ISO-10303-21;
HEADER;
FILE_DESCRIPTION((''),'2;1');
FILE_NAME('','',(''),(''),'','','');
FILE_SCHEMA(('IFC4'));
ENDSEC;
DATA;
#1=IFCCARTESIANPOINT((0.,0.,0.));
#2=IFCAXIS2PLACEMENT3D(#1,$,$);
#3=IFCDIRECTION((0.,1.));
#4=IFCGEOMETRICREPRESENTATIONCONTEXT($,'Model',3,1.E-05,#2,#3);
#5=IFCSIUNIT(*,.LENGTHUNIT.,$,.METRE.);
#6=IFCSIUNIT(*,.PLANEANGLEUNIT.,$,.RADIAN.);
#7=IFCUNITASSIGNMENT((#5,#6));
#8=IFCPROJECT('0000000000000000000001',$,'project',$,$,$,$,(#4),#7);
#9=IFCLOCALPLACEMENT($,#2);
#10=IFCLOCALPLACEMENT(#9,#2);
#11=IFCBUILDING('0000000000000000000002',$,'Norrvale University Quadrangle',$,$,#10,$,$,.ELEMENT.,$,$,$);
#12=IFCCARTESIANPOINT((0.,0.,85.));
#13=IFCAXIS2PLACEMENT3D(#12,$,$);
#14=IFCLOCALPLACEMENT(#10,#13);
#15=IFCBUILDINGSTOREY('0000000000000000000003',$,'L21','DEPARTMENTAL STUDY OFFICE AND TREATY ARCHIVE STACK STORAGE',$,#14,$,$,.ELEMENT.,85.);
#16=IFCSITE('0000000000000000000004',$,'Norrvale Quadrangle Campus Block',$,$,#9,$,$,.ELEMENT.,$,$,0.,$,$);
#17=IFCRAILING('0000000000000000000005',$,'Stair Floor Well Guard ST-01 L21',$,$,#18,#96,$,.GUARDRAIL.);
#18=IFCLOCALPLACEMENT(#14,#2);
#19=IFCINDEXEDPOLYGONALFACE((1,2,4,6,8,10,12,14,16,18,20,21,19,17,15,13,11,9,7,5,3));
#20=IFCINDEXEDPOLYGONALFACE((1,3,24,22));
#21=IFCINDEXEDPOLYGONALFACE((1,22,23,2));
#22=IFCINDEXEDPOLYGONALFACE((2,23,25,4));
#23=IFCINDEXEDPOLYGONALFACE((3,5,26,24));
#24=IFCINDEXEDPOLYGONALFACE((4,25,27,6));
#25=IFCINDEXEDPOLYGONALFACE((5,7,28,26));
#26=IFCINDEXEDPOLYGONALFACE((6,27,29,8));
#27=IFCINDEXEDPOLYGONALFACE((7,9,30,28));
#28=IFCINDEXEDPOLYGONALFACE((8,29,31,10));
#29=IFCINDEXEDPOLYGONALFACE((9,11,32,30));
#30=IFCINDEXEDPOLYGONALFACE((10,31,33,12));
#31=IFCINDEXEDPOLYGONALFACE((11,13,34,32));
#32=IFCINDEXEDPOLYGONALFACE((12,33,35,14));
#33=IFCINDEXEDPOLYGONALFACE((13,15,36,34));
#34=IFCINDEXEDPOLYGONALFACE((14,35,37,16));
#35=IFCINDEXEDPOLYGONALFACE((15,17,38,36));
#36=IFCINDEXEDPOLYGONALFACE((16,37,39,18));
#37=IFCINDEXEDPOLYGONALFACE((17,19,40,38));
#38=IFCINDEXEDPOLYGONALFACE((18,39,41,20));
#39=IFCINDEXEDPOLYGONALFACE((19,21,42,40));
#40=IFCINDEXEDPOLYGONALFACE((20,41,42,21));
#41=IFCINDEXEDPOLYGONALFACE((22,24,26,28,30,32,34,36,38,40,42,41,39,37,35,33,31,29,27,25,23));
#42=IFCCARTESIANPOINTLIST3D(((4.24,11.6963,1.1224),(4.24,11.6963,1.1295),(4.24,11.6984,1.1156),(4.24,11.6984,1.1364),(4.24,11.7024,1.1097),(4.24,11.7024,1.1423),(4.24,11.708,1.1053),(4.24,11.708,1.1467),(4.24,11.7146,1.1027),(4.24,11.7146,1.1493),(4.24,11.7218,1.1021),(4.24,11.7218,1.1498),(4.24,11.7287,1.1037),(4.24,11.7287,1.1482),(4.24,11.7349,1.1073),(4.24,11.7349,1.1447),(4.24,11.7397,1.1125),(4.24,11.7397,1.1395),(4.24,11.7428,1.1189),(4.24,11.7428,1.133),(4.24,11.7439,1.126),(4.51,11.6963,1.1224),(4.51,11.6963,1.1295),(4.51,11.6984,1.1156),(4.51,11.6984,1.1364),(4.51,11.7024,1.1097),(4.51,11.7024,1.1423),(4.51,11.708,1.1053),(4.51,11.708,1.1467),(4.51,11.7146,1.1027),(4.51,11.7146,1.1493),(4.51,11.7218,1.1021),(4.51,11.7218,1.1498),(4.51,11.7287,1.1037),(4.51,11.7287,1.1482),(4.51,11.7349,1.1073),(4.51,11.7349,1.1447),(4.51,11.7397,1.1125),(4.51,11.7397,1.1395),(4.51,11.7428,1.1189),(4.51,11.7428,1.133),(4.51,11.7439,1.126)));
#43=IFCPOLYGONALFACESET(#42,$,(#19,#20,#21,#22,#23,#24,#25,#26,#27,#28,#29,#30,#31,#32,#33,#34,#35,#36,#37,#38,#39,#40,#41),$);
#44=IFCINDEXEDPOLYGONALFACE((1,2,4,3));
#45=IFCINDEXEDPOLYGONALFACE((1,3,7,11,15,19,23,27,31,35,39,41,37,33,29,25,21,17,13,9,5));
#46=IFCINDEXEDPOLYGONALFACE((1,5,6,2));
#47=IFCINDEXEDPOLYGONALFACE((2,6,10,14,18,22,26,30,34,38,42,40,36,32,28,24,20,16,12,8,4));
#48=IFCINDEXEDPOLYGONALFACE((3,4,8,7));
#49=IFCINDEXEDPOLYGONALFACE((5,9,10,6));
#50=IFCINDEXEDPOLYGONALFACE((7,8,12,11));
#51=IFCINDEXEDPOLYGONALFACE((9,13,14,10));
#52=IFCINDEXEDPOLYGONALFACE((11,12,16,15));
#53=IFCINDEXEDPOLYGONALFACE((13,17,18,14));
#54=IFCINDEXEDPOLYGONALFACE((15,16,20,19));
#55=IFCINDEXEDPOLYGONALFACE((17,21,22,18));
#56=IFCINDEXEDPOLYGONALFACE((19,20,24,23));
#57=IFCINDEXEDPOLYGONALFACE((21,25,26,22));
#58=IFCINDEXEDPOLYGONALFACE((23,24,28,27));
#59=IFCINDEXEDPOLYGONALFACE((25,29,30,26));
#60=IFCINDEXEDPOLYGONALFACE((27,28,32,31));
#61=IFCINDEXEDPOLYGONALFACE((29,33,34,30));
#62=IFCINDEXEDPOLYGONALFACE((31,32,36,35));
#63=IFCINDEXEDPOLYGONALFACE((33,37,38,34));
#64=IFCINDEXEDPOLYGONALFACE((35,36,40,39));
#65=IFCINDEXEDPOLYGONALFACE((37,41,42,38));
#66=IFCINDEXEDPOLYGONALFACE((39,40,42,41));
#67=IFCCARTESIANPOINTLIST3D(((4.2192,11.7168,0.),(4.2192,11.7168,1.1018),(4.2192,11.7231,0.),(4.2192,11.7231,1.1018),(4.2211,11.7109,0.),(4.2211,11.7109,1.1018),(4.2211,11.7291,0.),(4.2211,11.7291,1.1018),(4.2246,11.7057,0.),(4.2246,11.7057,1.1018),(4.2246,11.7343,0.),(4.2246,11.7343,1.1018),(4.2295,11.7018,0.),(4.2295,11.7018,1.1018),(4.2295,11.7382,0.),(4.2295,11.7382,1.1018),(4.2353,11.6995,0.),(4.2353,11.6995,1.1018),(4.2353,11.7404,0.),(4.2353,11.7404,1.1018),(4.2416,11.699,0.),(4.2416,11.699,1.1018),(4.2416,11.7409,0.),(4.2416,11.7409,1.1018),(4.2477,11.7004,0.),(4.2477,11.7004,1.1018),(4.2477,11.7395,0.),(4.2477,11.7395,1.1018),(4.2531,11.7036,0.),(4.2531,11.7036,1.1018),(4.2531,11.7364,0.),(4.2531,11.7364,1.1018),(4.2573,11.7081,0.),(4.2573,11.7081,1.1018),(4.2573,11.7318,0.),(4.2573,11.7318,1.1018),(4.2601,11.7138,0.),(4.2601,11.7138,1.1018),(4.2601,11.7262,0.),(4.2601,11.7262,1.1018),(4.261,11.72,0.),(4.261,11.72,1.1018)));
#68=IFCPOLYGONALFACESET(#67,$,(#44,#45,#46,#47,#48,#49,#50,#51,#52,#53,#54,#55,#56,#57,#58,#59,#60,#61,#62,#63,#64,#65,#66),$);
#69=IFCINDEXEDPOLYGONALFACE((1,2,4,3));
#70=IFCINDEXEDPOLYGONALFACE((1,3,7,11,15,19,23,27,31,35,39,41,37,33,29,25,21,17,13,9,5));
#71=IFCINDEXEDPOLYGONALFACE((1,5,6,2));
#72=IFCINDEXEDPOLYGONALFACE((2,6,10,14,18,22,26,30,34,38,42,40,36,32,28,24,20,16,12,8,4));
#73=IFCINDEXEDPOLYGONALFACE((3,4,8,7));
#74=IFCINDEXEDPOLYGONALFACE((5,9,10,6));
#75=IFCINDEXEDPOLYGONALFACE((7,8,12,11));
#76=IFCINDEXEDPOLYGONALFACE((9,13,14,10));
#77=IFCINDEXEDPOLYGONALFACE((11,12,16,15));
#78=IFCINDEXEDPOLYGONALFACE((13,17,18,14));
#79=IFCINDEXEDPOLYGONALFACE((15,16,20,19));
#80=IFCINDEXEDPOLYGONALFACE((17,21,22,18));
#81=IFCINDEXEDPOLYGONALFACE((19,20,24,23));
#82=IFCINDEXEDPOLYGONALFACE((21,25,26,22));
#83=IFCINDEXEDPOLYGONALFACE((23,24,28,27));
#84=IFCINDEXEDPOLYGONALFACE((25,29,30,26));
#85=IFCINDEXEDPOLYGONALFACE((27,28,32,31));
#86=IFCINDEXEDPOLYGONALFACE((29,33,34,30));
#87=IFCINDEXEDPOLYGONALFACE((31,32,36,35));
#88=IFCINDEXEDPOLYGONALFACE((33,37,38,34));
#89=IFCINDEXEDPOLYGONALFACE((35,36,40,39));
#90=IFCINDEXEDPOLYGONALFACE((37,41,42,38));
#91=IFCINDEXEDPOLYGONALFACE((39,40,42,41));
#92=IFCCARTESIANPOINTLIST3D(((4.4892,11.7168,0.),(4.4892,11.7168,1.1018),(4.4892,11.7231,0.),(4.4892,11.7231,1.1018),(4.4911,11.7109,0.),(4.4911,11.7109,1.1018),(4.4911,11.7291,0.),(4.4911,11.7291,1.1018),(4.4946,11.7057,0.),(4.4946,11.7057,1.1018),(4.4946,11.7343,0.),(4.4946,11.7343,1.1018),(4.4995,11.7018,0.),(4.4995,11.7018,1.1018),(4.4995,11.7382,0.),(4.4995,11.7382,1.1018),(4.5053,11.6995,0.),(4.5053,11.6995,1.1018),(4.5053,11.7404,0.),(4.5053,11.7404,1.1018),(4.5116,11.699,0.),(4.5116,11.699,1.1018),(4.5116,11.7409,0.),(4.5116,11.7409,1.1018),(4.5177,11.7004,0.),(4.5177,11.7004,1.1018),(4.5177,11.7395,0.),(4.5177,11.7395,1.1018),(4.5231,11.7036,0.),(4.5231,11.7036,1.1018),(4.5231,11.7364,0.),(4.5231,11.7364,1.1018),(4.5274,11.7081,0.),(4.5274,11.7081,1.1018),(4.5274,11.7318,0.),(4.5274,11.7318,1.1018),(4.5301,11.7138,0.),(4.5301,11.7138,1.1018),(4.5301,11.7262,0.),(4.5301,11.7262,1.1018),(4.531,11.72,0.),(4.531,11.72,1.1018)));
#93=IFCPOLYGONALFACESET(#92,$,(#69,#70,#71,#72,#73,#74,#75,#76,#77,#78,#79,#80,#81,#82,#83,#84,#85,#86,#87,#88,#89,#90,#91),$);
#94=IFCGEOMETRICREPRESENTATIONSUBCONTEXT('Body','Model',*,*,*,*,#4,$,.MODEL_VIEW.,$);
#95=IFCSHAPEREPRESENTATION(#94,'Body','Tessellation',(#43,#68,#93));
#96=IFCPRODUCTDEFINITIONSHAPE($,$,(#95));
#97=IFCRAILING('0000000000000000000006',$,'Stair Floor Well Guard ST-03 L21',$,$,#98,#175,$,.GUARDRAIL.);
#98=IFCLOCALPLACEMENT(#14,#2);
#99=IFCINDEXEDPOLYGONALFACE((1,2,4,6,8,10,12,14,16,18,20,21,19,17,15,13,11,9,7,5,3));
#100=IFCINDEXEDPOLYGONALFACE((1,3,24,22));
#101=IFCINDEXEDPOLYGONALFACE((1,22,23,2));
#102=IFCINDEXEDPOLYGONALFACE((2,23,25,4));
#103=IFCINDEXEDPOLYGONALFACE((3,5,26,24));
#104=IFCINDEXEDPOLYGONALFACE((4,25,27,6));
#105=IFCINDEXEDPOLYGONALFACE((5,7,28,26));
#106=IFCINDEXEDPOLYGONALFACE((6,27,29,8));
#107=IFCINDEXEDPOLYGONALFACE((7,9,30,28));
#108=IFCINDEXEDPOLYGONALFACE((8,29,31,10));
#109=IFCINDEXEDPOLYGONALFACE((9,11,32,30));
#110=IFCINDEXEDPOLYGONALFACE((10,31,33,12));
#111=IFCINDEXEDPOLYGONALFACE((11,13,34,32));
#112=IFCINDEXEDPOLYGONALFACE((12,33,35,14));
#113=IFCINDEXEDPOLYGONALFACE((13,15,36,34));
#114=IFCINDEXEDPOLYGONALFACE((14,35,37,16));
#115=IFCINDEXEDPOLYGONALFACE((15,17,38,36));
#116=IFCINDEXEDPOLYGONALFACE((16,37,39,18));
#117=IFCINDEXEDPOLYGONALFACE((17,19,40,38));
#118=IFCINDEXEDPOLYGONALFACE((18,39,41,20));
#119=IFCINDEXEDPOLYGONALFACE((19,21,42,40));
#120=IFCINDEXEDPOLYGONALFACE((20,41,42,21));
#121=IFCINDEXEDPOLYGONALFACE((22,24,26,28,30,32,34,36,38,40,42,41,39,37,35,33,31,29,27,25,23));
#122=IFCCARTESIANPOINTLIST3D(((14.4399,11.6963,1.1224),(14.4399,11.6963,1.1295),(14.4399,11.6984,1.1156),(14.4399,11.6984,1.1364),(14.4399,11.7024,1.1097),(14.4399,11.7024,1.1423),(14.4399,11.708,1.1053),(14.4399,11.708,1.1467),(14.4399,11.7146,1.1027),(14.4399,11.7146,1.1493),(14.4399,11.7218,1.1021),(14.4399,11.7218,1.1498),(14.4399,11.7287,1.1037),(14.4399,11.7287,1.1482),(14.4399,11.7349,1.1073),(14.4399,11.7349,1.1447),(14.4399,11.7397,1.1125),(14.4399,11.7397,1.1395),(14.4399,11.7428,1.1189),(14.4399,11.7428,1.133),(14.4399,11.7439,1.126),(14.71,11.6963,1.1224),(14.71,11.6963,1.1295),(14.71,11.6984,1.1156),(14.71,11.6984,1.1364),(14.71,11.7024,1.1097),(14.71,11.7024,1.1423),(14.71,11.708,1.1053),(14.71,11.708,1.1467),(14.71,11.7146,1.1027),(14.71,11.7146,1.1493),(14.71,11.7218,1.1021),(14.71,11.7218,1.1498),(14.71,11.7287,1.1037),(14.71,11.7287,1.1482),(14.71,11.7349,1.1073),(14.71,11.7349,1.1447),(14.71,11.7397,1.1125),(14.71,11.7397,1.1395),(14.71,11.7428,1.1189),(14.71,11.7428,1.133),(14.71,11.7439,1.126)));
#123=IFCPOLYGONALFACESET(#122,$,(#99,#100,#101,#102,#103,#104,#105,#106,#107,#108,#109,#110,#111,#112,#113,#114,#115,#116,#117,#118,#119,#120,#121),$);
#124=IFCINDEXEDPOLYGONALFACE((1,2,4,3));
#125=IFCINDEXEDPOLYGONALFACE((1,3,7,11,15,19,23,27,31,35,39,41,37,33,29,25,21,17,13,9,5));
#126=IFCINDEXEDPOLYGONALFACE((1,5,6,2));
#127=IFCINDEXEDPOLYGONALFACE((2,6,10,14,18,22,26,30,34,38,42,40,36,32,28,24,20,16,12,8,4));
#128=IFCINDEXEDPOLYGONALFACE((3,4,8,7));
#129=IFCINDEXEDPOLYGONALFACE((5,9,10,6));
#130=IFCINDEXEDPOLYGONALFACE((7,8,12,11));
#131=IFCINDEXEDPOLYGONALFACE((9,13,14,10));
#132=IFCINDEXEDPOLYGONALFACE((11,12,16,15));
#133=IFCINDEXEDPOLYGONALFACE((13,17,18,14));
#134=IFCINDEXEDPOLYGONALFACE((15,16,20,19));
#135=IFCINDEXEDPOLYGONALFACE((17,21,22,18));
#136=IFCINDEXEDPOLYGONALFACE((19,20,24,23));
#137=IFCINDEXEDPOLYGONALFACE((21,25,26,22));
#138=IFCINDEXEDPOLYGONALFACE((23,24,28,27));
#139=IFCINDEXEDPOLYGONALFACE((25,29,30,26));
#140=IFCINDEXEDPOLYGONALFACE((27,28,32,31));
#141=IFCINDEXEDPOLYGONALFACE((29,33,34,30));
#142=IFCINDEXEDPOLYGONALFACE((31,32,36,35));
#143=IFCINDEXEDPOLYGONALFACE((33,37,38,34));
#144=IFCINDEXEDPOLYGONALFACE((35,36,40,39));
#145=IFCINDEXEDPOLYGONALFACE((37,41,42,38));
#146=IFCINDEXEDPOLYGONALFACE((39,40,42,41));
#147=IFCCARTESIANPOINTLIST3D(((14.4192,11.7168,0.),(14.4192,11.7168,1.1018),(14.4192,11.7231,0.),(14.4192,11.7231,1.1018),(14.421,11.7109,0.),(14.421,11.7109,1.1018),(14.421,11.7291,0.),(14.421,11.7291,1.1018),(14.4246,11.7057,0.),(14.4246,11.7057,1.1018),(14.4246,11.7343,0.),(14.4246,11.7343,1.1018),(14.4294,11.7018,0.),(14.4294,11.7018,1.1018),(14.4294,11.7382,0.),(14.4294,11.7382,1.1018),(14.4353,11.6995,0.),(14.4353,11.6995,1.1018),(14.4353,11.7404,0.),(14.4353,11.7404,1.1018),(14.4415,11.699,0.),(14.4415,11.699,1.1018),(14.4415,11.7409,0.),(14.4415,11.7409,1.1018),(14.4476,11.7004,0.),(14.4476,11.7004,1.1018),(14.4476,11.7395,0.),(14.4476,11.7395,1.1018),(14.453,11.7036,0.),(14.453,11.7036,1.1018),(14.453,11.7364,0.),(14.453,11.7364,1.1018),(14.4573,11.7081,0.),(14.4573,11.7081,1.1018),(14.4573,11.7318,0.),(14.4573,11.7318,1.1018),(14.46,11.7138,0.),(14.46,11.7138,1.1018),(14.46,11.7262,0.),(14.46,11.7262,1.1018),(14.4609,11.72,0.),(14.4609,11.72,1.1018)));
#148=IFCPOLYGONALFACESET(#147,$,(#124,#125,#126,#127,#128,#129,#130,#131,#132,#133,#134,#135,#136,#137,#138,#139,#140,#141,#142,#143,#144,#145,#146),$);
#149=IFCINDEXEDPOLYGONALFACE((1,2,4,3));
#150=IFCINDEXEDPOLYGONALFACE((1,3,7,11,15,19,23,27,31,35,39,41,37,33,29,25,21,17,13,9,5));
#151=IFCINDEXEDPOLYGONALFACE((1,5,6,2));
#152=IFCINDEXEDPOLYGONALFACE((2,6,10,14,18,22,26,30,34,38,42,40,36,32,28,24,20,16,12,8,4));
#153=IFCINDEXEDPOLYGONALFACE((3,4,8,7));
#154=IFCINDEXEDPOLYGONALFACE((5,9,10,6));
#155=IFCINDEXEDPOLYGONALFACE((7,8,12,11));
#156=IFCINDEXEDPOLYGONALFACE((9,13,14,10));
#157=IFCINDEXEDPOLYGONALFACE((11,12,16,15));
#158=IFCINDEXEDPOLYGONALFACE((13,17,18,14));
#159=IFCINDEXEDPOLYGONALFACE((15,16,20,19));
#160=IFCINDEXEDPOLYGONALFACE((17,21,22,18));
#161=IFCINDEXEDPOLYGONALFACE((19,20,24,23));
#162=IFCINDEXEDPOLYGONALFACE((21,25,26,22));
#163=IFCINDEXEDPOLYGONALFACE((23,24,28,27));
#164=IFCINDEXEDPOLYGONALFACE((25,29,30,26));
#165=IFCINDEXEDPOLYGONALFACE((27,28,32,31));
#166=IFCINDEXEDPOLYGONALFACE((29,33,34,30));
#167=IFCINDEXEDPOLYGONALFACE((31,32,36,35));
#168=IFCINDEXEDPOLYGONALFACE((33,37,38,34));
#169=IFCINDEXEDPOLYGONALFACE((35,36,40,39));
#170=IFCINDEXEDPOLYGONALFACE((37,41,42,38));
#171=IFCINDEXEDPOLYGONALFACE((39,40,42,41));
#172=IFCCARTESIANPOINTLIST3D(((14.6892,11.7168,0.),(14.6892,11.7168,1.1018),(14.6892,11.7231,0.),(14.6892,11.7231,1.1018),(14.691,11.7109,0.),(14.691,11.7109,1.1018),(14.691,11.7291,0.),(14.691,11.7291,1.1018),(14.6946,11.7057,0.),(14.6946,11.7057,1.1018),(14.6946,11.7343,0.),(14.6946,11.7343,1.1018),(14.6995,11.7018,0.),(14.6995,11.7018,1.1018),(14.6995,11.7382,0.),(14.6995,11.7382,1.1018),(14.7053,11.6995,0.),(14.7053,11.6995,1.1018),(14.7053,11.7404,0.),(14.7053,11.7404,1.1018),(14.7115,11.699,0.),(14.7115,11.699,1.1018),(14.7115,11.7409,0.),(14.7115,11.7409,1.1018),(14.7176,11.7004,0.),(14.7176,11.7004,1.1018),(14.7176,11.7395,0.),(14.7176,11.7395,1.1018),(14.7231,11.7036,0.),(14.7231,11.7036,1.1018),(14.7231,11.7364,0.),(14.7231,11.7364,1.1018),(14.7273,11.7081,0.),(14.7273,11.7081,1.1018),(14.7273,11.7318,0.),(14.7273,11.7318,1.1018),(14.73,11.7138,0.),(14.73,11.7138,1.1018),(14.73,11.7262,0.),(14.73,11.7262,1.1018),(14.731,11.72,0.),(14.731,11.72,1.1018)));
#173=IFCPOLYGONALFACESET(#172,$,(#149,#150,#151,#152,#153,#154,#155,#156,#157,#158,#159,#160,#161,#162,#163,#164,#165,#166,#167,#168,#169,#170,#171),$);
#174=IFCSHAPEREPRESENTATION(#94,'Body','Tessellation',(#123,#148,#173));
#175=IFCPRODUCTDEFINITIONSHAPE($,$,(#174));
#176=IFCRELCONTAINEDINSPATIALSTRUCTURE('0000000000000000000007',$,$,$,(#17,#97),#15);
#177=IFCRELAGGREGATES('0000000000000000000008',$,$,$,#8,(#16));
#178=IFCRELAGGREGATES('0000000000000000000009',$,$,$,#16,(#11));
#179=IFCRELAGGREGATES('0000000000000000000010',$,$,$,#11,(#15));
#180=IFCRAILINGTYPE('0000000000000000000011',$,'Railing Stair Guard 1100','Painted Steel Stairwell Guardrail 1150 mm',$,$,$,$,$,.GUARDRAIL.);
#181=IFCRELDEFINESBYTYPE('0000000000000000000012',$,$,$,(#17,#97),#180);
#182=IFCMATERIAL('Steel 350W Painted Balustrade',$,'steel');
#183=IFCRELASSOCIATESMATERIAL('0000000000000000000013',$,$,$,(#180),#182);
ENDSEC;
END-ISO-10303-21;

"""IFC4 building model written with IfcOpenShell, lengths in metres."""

from ifc_helpers import new_model, si_unit, direction, frame, origin, origin_2d, place, context, subcontext, project, spatial, circle, extrude, material, type_object, element, save


model = new_model("IFC4")

# Units and contexts
model_context = context("Model", 3, precision=1e-05, world=origin(), true_north=direction((0.0, 1.0)))
body_context = subcontext(model_context, "Body", "Model", "MODEL_VIEW")
ifc_project = project(units=[si_unit("LENGTHUNIT", "METRE"), si_unit("PLANEANGLEUNIT", "RADIAN")], contexts=[model_context])

# Site, building, storey
site_placement = place(None, origin())
site = spatial("IfcSite", under=ifc_project, at=site_placement, Name="Norrvale Quadrangle Campus Block", CompositionType="ELEMENT", RefElevation=0.0)
building_placement = place(site_placement, origin())
building = spatial("IfcBuilding", under=site, at=building_placement, Name="Norrvale University Quadrangle", CompositionType="ELEMENT")
storey_placement = place(building_placement, frame((0.0, 0.0, 85.0)))
storey = spatial("IfcBuildingStorey", under=building, at=storey_placement, Name="L21", Description="DEPARTMENTAL STUDY OFFICE AND TREATY ARCHIVE STACK STORAGE", CompositionType="ELEMENT", Elevation=85.0)

# Railings
ifc_material_1 = material(Name="Steel 350W Painted Balustrade", Category="steel")
railing_type_1 = type_object("IfcRailingType", Name="Railing Stair Guard 1100", Description="Painted Steel Stairwell Guardrail 1150 mm", PredefinedType="GUARDRAIL", material=ifc_material_1)
for number, where, name in (
    (1, (4.24, 11.72, 0.0), "Stair Floor Well Guard ST-01 L21"),
    (2, (14.4399, 11.72, 0.0), "Stair Floor Well Guard ST-03 L21"),
):
    element("IfcRailing", number, at=place(storey_placement, frame(where)), inside=storey, type_object=railing_type_1, Name=name, PredefinedType="GUARDRAIL", context=body_context, shape_type="SweptSolid", body=[
        extrude(circle(Radius=0.0239, at=origin_2d()), frame((0.0, 0.0, 1.126), z_axis=(1.0, 0.0, 0.0), x_axis=(0.0, 1.0, 0.0)), (0.0, 0.0, 1.0), 0.27),
        extrude(circle(Radius=0.021, at=origin_2d()), origin(), (0.0, 0.0, 1.0), 1.1018),
        extrude(circle(Radius=0.021, at=origin_2d()), frame((0.27, 0.0, 0.0)), (0.0, 0.0, 1.0), 1.1018),
    ])

save(model, "model.ifc")
